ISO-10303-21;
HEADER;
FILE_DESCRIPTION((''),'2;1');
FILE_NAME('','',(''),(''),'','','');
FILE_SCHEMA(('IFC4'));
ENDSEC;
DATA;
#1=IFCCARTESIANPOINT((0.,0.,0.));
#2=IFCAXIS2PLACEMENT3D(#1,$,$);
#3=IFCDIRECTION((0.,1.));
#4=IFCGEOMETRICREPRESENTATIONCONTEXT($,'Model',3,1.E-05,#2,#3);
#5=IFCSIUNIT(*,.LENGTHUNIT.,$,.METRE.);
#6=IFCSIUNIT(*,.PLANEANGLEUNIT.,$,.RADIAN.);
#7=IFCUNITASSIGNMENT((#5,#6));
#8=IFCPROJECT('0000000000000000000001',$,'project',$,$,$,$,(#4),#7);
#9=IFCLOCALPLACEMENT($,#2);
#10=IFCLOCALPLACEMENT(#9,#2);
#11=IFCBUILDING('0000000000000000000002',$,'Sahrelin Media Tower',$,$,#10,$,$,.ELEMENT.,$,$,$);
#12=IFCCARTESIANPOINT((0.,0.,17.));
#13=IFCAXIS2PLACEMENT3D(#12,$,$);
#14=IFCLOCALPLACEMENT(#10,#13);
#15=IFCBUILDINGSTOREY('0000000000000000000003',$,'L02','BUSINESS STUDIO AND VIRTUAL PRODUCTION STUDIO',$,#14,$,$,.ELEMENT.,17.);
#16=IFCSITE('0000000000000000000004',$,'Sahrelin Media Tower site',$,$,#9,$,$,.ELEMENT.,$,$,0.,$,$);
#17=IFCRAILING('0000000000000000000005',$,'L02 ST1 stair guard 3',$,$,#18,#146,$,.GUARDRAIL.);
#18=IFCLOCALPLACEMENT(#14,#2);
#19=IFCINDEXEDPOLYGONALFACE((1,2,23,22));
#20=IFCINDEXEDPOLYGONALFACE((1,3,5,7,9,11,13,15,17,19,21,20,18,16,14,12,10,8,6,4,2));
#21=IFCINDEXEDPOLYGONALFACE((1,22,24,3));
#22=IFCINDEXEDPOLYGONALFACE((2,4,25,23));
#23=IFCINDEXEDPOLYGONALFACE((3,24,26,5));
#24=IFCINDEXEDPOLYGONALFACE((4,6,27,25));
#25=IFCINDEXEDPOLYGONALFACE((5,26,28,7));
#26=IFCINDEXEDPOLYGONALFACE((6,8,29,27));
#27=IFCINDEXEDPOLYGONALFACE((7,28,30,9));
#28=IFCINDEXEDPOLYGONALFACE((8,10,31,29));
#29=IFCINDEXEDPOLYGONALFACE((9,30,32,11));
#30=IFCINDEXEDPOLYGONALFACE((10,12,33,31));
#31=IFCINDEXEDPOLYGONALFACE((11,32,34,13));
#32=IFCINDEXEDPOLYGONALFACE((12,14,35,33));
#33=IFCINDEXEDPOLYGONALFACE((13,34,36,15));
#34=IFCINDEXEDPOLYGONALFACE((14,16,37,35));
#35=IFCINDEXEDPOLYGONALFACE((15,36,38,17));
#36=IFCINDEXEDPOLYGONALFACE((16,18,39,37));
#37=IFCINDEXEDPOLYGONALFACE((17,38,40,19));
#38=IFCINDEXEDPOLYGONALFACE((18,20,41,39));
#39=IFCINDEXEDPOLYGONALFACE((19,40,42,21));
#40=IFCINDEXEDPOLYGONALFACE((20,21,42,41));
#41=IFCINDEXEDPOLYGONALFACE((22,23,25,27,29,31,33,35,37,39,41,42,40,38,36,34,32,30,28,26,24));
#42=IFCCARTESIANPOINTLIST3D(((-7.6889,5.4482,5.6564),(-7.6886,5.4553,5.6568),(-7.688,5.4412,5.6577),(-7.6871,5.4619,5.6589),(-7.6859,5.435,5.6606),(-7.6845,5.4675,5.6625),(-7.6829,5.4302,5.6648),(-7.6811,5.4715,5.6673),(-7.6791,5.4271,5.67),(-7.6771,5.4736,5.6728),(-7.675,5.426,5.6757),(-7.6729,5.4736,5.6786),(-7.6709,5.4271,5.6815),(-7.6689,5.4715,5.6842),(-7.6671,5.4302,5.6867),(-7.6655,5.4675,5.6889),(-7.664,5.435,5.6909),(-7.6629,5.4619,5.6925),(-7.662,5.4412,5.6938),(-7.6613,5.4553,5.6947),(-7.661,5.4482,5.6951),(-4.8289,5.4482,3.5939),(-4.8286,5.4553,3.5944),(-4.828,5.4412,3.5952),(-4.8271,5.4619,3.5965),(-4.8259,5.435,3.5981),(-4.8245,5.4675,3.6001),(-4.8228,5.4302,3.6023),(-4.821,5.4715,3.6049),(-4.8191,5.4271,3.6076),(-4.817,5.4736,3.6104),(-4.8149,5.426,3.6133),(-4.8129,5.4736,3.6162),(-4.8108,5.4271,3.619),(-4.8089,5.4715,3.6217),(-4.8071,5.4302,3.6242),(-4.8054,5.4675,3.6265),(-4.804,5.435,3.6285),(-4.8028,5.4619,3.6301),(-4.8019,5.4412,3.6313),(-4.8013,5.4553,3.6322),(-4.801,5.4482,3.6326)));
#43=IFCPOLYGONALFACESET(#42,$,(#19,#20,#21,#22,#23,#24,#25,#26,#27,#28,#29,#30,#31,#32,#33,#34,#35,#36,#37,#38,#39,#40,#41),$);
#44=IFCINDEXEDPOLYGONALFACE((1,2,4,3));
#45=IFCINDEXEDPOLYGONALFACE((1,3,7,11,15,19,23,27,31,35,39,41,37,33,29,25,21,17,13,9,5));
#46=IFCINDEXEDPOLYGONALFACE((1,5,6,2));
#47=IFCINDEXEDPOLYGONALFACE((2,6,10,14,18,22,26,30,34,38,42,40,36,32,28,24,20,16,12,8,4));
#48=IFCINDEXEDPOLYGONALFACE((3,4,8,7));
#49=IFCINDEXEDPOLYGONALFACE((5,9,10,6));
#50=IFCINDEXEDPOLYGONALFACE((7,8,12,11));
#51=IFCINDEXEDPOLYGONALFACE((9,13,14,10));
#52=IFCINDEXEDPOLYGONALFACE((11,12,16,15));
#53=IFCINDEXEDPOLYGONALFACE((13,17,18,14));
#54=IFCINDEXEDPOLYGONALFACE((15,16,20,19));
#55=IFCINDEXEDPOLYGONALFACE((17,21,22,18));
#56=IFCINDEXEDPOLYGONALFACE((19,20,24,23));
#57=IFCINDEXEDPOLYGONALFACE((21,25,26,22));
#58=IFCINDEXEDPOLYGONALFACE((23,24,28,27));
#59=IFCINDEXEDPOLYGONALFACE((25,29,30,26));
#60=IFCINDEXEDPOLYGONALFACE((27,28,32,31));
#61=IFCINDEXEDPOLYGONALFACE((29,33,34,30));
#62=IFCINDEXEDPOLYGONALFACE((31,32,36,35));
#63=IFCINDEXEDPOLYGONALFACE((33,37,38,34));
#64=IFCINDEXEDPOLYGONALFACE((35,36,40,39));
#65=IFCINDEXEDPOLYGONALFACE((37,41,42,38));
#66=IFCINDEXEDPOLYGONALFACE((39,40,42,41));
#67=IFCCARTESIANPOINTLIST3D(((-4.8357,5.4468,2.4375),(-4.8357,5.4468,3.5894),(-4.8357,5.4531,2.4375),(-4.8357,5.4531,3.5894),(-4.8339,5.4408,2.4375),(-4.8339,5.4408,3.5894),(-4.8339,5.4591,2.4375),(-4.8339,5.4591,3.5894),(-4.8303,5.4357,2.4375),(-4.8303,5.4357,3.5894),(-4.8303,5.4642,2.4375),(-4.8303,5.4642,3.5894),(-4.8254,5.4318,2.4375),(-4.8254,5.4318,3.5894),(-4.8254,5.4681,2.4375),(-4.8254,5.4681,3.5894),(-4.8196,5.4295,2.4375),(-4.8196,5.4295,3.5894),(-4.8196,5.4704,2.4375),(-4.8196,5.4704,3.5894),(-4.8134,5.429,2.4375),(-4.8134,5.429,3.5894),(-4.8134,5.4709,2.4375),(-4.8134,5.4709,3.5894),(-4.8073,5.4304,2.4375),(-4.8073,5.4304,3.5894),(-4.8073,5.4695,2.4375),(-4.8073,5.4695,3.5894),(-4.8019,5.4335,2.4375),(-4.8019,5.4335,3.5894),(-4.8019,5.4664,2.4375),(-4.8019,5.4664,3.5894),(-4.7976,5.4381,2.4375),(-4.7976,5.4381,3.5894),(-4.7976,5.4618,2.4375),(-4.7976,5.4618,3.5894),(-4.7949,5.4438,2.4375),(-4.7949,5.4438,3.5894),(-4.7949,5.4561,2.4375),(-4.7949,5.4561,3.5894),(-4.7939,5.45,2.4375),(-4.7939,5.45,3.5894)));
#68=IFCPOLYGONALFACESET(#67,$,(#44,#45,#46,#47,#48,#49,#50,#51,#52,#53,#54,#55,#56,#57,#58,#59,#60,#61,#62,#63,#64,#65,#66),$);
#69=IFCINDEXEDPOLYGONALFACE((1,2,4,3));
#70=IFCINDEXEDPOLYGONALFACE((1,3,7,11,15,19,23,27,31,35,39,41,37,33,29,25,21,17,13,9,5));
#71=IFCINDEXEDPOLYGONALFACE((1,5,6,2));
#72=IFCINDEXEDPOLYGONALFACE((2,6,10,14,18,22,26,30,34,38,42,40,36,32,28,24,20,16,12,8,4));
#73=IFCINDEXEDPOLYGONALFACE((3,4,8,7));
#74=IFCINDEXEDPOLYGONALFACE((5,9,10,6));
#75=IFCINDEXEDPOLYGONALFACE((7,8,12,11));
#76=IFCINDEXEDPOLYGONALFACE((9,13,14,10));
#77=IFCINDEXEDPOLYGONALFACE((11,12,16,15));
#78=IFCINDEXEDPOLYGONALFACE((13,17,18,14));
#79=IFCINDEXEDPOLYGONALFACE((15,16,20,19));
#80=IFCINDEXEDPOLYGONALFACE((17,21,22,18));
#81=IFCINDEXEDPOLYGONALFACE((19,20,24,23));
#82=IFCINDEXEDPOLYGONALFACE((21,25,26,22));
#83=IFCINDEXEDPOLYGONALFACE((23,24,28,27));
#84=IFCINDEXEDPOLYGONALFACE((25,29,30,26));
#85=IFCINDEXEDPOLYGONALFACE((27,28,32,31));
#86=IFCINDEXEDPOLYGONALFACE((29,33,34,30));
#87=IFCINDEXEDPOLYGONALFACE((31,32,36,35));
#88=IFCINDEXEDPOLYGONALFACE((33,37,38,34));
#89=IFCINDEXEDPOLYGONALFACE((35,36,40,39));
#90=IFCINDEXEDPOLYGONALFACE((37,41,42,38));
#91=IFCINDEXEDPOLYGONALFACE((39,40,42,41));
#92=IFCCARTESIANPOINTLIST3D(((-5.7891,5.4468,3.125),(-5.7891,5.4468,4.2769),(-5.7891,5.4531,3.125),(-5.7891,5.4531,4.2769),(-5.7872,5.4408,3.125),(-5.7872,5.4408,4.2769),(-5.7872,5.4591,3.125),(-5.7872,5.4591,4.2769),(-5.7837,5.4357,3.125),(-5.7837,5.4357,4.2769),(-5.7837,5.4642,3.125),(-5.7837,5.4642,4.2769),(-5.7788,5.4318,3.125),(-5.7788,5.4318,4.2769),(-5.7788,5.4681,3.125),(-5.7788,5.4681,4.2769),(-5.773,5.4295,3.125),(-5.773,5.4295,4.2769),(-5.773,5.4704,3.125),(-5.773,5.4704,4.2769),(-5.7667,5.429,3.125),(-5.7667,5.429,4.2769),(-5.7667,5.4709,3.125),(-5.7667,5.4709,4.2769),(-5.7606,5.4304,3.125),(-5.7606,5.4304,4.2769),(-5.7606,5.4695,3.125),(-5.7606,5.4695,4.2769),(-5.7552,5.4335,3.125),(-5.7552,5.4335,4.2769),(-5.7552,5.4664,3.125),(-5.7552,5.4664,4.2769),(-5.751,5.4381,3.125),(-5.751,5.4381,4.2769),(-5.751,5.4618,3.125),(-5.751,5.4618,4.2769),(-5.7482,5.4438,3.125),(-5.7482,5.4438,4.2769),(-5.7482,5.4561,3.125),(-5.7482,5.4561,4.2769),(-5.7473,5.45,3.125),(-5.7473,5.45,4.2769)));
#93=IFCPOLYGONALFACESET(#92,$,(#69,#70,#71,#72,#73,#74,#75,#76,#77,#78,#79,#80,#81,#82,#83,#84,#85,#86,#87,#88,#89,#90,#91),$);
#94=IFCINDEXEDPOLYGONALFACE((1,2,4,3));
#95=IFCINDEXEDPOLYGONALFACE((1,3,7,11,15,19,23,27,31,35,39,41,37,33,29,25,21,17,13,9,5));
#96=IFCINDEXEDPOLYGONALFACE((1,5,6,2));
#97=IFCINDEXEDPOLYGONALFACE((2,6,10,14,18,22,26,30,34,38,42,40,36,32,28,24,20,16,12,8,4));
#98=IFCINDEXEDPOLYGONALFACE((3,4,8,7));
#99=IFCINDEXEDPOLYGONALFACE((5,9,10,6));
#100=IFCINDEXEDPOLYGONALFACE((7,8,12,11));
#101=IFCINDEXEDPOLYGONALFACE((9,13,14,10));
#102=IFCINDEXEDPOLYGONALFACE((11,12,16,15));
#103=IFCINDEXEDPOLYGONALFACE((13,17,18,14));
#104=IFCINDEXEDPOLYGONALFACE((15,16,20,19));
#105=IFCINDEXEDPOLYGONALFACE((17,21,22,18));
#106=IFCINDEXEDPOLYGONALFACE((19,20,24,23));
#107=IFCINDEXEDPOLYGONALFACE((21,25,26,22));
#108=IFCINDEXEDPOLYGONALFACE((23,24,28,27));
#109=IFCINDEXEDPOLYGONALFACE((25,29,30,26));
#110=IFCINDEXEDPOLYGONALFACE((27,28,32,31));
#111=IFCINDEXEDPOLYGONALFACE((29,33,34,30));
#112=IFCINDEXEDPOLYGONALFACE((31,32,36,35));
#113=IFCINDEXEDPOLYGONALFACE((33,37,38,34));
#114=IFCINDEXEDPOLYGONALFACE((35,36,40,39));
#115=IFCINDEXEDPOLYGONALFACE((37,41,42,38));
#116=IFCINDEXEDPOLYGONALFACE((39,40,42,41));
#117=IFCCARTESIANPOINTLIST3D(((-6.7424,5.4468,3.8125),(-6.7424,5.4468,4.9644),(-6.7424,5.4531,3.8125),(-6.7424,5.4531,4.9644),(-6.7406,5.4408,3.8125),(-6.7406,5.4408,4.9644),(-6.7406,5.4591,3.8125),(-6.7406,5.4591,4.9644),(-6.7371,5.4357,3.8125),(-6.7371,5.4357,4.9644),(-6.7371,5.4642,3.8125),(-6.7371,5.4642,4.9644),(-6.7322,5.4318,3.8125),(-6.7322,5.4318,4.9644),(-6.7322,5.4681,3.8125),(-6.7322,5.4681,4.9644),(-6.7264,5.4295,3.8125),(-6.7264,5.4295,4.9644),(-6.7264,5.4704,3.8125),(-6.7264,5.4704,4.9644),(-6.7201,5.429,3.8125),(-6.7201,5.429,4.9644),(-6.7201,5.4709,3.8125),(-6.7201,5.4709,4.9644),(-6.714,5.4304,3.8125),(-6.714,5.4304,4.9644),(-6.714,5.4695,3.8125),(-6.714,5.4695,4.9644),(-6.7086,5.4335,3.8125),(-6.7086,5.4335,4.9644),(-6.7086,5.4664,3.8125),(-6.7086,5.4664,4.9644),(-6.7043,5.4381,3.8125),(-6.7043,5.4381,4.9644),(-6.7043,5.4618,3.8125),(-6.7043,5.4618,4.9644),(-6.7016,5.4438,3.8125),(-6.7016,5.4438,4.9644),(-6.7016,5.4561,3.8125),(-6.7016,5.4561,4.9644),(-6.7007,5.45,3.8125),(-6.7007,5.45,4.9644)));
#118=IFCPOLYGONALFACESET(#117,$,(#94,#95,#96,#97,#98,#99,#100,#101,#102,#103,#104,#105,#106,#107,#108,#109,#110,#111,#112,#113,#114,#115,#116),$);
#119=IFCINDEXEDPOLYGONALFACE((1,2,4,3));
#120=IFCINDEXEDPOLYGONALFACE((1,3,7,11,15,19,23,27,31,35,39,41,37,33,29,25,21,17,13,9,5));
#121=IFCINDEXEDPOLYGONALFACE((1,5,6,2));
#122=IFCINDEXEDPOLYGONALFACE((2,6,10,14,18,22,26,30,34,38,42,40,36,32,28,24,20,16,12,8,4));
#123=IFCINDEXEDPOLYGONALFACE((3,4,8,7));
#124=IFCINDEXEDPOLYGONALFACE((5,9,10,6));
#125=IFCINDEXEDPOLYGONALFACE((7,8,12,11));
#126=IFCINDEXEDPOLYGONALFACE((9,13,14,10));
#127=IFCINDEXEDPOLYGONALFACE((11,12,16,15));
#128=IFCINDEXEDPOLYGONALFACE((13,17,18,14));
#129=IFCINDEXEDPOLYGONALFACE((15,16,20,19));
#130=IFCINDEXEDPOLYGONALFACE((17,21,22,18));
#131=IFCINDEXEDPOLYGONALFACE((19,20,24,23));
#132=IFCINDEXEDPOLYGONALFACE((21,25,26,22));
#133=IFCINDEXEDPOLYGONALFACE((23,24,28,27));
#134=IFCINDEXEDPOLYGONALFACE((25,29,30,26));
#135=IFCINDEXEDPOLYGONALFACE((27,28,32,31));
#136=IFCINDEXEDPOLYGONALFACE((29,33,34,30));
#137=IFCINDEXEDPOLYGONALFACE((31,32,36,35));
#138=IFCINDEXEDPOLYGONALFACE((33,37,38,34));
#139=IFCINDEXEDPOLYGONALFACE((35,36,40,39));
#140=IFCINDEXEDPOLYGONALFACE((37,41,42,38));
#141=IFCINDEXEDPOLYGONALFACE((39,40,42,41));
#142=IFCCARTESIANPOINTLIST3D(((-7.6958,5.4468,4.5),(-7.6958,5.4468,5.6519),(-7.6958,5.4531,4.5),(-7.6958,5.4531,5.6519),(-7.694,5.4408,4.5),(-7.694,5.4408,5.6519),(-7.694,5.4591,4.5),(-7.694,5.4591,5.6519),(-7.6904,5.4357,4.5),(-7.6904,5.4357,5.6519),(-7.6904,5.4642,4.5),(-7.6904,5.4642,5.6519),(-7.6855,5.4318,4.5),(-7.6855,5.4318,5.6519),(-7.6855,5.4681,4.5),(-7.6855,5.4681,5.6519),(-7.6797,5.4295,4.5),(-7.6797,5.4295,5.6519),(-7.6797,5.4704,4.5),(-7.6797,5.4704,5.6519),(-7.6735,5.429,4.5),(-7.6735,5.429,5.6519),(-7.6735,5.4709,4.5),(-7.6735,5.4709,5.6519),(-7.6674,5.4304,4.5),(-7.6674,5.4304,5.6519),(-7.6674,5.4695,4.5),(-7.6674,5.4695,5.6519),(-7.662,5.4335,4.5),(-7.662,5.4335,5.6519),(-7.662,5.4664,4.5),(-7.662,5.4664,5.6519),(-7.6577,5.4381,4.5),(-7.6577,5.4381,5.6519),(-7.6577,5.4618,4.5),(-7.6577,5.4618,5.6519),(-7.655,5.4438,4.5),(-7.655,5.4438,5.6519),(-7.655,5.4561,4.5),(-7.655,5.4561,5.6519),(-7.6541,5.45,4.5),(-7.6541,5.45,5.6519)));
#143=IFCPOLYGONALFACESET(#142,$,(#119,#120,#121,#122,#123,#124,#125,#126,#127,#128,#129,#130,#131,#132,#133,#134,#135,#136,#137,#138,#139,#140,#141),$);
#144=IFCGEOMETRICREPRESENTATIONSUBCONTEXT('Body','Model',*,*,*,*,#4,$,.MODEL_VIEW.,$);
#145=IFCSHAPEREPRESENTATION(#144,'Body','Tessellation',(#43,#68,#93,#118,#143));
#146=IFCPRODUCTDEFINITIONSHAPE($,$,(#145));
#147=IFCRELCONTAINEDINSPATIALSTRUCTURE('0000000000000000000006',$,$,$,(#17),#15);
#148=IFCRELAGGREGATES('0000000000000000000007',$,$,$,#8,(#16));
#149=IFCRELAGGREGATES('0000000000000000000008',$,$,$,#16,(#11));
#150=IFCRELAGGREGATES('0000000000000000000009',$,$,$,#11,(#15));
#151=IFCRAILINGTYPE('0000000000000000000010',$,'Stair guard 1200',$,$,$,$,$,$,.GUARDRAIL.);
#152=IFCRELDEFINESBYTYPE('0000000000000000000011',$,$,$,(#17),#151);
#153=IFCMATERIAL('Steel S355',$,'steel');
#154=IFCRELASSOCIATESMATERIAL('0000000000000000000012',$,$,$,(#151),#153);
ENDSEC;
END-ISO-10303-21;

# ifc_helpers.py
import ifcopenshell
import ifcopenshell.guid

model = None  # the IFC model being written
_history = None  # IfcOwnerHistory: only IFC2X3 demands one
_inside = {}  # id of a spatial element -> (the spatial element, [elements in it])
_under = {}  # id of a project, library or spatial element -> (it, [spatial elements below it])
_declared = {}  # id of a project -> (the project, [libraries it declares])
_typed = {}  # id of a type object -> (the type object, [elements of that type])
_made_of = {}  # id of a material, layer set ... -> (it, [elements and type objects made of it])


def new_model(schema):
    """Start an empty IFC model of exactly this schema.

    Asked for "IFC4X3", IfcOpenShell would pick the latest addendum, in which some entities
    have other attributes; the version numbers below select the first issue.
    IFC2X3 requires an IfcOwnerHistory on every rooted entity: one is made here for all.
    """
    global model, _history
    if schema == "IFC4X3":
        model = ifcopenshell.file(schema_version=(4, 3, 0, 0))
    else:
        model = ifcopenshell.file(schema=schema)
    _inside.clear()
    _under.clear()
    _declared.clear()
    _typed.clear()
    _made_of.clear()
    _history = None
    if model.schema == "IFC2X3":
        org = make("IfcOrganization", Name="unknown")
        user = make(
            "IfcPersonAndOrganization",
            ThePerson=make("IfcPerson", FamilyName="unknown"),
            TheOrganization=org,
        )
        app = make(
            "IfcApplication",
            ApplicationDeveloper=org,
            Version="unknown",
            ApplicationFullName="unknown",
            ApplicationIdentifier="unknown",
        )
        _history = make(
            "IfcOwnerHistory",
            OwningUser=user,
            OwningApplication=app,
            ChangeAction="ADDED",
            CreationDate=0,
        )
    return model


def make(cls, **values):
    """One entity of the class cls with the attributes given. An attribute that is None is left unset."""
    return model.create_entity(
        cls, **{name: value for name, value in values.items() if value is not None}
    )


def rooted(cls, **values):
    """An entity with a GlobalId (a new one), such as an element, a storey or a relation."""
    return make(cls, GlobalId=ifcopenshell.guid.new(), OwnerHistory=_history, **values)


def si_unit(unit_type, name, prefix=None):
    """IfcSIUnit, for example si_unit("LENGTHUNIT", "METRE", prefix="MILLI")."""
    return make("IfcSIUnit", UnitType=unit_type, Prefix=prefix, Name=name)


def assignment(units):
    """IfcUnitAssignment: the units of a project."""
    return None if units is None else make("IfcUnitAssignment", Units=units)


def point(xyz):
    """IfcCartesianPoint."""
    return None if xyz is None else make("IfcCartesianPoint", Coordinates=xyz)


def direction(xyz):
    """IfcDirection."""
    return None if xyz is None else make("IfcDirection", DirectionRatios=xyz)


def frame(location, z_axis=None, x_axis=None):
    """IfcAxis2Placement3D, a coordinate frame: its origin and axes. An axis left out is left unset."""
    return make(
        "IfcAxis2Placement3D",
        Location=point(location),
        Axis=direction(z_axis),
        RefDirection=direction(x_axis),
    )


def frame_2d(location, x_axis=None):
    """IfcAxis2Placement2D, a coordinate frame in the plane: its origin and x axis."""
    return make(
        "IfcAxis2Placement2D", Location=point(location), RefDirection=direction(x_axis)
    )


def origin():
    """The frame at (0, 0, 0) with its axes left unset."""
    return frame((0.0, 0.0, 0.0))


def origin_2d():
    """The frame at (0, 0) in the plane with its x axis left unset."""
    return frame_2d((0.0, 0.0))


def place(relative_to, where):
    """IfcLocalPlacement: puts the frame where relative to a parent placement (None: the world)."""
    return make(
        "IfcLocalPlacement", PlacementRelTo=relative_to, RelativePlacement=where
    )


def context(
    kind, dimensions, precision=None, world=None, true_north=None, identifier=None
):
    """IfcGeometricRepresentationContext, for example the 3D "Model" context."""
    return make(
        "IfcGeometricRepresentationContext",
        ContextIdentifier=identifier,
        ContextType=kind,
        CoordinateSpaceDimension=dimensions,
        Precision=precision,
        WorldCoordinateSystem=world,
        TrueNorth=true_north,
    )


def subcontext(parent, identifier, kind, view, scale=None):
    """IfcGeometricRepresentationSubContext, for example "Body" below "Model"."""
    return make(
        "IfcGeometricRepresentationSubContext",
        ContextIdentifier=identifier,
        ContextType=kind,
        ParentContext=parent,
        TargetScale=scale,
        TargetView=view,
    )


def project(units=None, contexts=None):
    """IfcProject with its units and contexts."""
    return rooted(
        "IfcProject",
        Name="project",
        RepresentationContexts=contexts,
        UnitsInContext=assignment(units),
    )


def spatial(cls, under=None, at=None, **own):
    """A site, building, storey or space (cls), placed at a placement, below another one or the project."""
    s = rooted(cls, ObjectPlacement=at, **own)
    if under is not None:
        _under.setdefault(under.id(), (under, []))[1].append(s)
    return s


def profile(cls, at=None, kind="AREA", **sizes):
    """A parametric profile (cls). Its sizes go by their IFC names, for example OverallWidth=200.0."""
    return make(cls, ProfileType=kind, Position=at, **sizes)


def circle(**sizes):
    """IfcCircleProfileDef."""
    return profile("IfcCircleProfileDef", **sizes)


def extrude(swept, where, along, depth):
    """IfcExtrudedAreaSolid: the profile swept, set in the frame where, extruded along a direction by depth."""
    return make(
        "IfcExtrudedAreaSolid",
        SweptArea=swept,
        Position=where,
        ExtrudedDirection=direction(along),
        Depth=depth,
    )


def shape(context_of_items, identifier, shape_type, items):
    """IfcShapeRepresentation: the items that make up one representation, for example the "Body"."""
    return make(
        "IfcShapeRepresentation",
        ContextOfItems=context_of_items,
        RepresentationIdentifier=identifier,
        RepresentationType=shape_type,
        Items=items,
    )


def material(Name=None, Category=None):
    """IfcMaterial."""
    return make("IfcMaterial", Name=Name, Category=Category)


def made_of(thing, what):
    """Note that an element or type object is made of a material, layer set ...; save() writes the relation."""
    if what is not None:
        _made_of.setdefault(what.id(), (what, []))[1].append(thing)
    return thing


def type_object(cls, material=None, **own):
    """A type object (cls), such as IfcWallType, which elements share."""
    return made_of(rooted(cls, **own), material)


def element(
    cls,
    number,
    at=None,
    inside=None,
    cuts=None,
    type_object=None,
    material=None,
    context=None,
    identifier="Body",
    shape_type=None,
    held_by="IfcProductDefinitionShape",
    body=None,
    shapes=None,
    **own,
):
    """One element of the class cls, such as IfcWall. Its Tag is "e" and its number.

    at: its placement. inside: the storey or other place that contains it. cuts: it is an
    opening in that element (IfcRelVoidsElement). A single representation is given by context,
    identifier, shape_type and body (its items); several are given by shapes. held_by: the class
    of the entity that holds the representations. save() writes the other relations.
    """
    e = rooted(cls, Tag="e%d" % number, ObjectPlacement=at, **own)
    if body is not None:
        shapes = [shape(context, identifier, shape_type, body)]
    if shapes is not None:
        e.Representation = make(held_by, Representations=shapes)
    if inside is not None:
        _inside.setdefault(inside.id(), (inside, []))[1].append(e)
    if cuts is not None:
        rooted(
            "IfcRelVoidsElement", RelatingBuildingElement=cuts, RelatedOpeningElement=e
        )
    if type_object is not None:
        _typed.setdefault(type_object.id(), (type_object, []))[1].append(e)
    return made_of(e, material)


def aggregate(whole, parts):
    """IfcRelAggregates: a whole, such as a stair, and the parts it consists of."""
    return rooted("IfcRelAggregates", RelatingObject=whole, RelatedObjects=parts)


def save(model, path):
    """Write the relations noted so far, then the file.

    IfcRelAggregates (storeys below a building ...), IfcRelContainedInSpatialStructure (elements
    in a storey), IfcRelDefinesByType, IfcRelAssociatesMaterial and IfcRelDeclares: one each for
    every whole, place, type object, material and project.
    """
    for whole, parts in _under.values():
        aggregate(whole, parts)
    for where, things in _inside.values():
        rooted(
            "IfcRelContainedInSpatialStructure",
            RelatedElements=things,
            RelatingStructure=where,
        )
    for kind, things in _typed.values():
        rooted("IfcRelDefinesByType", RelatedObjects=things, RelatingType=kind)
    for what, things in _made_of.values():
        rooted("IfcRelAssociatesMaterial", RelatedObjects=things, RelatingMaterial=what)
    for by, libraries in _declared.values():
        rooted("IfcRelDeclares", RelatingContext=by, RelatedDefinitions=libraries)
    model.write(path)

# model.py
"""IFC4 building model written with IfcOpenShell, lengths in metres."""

from ifc_helpers import new_model, si_unit, direction, frame, origin, origin_2d, place, context, subcontext, project, spatial, circle, extrude, material, type_object, element, save


model = new_model("IFC4")

# Units and contexts
model_context = context("Model", 3, precision=1e-05, world=origin(), true_north=direction((0.0, 1.0)))
body_context = subcontext(model_context, "Body", "Model", "MODEL_VIEW")
ifc_project = project(units=[si_unit("LENGTHUNIT", "METRE"), si_unit("PLANEANGLEUNIT", "RADIAN")], contexts=[model_context])

# Site, building, storey
site_placement = place(None, origin())
site = spatial("IfcSite", under=ifc_project, at=site_placement, Name="Sahrelin Media Tower site", CompositionType="ELEMENT", RefElevation=0.0)
building_placement = place(site_placement, origin())
building = spatial("IfcBuilding", under=site, at=building_placement, Name="Sahrelin Media Tower", CompositionType="ELEMENT")
storey_placement = place(building_placement, frame((0.0, 0.0, 17.0)))
storey = spatial("IfcBuildingStorey", under=building, at=storey_placement, Name="L02", Description="BUSINESS STUDIO AND VIRTUAL PRODUCTION STUDIO", CompositionType="ELEMENT", Elevation=17.0)

# Railing
ifc_material_1 = material(Name="Steel S355", Category="steel")
railing_type_1 = type_object("IfcRailingType", Name="Stair guard 1200", PredefinedType="GUARDRAIL", material=ifc_material_1)
railing_1_placement = place(storey_placement, frame((-4.8149, 5.45, 2.4375)))
element("IfcRailing", 1, at=railing_1_placement, inside=storey, type_object=railing_type_1, Name="L02 ST1 stair guard 3", PredefinedType="GUARDRAIL", context=body_context, shape_type="SweptSolid", body=[
    extrude(circle(Radius=0.0239, at=origin_2d()), frame((0.0, 0.0, 1.1758), z_axis=(-0.811101, 0.0, 0.584906), x_axis=(0.0, -1.0, 0.0)), (0.0, 0.0, 1.0), 3.5261),
    extrude(circle(Radius=0.021, at=origin_2d()), origin(), (0.0, 0.0, 1.0), 1.1519),
    extrude(circle(Radius=0.021, at=origin_2d()), frame((-0.9534, 0.0, 0.6875)), (0.0, 0.0, 1.0), 1.1519),
    extrude(circle(Radius=0.021, at=origin_2d()), frame((-1.9067, 0.0, 1.375)), (0.0, 0.0, 1.0), 1.1519),
    extrude(circle(Radius=0.021, at=origin_2d()), frame((-2.8601, 0.0, 2.0625)), (0.0, 0.0, 1.0), 1.1519),
])

save(model, "model.ifc")
